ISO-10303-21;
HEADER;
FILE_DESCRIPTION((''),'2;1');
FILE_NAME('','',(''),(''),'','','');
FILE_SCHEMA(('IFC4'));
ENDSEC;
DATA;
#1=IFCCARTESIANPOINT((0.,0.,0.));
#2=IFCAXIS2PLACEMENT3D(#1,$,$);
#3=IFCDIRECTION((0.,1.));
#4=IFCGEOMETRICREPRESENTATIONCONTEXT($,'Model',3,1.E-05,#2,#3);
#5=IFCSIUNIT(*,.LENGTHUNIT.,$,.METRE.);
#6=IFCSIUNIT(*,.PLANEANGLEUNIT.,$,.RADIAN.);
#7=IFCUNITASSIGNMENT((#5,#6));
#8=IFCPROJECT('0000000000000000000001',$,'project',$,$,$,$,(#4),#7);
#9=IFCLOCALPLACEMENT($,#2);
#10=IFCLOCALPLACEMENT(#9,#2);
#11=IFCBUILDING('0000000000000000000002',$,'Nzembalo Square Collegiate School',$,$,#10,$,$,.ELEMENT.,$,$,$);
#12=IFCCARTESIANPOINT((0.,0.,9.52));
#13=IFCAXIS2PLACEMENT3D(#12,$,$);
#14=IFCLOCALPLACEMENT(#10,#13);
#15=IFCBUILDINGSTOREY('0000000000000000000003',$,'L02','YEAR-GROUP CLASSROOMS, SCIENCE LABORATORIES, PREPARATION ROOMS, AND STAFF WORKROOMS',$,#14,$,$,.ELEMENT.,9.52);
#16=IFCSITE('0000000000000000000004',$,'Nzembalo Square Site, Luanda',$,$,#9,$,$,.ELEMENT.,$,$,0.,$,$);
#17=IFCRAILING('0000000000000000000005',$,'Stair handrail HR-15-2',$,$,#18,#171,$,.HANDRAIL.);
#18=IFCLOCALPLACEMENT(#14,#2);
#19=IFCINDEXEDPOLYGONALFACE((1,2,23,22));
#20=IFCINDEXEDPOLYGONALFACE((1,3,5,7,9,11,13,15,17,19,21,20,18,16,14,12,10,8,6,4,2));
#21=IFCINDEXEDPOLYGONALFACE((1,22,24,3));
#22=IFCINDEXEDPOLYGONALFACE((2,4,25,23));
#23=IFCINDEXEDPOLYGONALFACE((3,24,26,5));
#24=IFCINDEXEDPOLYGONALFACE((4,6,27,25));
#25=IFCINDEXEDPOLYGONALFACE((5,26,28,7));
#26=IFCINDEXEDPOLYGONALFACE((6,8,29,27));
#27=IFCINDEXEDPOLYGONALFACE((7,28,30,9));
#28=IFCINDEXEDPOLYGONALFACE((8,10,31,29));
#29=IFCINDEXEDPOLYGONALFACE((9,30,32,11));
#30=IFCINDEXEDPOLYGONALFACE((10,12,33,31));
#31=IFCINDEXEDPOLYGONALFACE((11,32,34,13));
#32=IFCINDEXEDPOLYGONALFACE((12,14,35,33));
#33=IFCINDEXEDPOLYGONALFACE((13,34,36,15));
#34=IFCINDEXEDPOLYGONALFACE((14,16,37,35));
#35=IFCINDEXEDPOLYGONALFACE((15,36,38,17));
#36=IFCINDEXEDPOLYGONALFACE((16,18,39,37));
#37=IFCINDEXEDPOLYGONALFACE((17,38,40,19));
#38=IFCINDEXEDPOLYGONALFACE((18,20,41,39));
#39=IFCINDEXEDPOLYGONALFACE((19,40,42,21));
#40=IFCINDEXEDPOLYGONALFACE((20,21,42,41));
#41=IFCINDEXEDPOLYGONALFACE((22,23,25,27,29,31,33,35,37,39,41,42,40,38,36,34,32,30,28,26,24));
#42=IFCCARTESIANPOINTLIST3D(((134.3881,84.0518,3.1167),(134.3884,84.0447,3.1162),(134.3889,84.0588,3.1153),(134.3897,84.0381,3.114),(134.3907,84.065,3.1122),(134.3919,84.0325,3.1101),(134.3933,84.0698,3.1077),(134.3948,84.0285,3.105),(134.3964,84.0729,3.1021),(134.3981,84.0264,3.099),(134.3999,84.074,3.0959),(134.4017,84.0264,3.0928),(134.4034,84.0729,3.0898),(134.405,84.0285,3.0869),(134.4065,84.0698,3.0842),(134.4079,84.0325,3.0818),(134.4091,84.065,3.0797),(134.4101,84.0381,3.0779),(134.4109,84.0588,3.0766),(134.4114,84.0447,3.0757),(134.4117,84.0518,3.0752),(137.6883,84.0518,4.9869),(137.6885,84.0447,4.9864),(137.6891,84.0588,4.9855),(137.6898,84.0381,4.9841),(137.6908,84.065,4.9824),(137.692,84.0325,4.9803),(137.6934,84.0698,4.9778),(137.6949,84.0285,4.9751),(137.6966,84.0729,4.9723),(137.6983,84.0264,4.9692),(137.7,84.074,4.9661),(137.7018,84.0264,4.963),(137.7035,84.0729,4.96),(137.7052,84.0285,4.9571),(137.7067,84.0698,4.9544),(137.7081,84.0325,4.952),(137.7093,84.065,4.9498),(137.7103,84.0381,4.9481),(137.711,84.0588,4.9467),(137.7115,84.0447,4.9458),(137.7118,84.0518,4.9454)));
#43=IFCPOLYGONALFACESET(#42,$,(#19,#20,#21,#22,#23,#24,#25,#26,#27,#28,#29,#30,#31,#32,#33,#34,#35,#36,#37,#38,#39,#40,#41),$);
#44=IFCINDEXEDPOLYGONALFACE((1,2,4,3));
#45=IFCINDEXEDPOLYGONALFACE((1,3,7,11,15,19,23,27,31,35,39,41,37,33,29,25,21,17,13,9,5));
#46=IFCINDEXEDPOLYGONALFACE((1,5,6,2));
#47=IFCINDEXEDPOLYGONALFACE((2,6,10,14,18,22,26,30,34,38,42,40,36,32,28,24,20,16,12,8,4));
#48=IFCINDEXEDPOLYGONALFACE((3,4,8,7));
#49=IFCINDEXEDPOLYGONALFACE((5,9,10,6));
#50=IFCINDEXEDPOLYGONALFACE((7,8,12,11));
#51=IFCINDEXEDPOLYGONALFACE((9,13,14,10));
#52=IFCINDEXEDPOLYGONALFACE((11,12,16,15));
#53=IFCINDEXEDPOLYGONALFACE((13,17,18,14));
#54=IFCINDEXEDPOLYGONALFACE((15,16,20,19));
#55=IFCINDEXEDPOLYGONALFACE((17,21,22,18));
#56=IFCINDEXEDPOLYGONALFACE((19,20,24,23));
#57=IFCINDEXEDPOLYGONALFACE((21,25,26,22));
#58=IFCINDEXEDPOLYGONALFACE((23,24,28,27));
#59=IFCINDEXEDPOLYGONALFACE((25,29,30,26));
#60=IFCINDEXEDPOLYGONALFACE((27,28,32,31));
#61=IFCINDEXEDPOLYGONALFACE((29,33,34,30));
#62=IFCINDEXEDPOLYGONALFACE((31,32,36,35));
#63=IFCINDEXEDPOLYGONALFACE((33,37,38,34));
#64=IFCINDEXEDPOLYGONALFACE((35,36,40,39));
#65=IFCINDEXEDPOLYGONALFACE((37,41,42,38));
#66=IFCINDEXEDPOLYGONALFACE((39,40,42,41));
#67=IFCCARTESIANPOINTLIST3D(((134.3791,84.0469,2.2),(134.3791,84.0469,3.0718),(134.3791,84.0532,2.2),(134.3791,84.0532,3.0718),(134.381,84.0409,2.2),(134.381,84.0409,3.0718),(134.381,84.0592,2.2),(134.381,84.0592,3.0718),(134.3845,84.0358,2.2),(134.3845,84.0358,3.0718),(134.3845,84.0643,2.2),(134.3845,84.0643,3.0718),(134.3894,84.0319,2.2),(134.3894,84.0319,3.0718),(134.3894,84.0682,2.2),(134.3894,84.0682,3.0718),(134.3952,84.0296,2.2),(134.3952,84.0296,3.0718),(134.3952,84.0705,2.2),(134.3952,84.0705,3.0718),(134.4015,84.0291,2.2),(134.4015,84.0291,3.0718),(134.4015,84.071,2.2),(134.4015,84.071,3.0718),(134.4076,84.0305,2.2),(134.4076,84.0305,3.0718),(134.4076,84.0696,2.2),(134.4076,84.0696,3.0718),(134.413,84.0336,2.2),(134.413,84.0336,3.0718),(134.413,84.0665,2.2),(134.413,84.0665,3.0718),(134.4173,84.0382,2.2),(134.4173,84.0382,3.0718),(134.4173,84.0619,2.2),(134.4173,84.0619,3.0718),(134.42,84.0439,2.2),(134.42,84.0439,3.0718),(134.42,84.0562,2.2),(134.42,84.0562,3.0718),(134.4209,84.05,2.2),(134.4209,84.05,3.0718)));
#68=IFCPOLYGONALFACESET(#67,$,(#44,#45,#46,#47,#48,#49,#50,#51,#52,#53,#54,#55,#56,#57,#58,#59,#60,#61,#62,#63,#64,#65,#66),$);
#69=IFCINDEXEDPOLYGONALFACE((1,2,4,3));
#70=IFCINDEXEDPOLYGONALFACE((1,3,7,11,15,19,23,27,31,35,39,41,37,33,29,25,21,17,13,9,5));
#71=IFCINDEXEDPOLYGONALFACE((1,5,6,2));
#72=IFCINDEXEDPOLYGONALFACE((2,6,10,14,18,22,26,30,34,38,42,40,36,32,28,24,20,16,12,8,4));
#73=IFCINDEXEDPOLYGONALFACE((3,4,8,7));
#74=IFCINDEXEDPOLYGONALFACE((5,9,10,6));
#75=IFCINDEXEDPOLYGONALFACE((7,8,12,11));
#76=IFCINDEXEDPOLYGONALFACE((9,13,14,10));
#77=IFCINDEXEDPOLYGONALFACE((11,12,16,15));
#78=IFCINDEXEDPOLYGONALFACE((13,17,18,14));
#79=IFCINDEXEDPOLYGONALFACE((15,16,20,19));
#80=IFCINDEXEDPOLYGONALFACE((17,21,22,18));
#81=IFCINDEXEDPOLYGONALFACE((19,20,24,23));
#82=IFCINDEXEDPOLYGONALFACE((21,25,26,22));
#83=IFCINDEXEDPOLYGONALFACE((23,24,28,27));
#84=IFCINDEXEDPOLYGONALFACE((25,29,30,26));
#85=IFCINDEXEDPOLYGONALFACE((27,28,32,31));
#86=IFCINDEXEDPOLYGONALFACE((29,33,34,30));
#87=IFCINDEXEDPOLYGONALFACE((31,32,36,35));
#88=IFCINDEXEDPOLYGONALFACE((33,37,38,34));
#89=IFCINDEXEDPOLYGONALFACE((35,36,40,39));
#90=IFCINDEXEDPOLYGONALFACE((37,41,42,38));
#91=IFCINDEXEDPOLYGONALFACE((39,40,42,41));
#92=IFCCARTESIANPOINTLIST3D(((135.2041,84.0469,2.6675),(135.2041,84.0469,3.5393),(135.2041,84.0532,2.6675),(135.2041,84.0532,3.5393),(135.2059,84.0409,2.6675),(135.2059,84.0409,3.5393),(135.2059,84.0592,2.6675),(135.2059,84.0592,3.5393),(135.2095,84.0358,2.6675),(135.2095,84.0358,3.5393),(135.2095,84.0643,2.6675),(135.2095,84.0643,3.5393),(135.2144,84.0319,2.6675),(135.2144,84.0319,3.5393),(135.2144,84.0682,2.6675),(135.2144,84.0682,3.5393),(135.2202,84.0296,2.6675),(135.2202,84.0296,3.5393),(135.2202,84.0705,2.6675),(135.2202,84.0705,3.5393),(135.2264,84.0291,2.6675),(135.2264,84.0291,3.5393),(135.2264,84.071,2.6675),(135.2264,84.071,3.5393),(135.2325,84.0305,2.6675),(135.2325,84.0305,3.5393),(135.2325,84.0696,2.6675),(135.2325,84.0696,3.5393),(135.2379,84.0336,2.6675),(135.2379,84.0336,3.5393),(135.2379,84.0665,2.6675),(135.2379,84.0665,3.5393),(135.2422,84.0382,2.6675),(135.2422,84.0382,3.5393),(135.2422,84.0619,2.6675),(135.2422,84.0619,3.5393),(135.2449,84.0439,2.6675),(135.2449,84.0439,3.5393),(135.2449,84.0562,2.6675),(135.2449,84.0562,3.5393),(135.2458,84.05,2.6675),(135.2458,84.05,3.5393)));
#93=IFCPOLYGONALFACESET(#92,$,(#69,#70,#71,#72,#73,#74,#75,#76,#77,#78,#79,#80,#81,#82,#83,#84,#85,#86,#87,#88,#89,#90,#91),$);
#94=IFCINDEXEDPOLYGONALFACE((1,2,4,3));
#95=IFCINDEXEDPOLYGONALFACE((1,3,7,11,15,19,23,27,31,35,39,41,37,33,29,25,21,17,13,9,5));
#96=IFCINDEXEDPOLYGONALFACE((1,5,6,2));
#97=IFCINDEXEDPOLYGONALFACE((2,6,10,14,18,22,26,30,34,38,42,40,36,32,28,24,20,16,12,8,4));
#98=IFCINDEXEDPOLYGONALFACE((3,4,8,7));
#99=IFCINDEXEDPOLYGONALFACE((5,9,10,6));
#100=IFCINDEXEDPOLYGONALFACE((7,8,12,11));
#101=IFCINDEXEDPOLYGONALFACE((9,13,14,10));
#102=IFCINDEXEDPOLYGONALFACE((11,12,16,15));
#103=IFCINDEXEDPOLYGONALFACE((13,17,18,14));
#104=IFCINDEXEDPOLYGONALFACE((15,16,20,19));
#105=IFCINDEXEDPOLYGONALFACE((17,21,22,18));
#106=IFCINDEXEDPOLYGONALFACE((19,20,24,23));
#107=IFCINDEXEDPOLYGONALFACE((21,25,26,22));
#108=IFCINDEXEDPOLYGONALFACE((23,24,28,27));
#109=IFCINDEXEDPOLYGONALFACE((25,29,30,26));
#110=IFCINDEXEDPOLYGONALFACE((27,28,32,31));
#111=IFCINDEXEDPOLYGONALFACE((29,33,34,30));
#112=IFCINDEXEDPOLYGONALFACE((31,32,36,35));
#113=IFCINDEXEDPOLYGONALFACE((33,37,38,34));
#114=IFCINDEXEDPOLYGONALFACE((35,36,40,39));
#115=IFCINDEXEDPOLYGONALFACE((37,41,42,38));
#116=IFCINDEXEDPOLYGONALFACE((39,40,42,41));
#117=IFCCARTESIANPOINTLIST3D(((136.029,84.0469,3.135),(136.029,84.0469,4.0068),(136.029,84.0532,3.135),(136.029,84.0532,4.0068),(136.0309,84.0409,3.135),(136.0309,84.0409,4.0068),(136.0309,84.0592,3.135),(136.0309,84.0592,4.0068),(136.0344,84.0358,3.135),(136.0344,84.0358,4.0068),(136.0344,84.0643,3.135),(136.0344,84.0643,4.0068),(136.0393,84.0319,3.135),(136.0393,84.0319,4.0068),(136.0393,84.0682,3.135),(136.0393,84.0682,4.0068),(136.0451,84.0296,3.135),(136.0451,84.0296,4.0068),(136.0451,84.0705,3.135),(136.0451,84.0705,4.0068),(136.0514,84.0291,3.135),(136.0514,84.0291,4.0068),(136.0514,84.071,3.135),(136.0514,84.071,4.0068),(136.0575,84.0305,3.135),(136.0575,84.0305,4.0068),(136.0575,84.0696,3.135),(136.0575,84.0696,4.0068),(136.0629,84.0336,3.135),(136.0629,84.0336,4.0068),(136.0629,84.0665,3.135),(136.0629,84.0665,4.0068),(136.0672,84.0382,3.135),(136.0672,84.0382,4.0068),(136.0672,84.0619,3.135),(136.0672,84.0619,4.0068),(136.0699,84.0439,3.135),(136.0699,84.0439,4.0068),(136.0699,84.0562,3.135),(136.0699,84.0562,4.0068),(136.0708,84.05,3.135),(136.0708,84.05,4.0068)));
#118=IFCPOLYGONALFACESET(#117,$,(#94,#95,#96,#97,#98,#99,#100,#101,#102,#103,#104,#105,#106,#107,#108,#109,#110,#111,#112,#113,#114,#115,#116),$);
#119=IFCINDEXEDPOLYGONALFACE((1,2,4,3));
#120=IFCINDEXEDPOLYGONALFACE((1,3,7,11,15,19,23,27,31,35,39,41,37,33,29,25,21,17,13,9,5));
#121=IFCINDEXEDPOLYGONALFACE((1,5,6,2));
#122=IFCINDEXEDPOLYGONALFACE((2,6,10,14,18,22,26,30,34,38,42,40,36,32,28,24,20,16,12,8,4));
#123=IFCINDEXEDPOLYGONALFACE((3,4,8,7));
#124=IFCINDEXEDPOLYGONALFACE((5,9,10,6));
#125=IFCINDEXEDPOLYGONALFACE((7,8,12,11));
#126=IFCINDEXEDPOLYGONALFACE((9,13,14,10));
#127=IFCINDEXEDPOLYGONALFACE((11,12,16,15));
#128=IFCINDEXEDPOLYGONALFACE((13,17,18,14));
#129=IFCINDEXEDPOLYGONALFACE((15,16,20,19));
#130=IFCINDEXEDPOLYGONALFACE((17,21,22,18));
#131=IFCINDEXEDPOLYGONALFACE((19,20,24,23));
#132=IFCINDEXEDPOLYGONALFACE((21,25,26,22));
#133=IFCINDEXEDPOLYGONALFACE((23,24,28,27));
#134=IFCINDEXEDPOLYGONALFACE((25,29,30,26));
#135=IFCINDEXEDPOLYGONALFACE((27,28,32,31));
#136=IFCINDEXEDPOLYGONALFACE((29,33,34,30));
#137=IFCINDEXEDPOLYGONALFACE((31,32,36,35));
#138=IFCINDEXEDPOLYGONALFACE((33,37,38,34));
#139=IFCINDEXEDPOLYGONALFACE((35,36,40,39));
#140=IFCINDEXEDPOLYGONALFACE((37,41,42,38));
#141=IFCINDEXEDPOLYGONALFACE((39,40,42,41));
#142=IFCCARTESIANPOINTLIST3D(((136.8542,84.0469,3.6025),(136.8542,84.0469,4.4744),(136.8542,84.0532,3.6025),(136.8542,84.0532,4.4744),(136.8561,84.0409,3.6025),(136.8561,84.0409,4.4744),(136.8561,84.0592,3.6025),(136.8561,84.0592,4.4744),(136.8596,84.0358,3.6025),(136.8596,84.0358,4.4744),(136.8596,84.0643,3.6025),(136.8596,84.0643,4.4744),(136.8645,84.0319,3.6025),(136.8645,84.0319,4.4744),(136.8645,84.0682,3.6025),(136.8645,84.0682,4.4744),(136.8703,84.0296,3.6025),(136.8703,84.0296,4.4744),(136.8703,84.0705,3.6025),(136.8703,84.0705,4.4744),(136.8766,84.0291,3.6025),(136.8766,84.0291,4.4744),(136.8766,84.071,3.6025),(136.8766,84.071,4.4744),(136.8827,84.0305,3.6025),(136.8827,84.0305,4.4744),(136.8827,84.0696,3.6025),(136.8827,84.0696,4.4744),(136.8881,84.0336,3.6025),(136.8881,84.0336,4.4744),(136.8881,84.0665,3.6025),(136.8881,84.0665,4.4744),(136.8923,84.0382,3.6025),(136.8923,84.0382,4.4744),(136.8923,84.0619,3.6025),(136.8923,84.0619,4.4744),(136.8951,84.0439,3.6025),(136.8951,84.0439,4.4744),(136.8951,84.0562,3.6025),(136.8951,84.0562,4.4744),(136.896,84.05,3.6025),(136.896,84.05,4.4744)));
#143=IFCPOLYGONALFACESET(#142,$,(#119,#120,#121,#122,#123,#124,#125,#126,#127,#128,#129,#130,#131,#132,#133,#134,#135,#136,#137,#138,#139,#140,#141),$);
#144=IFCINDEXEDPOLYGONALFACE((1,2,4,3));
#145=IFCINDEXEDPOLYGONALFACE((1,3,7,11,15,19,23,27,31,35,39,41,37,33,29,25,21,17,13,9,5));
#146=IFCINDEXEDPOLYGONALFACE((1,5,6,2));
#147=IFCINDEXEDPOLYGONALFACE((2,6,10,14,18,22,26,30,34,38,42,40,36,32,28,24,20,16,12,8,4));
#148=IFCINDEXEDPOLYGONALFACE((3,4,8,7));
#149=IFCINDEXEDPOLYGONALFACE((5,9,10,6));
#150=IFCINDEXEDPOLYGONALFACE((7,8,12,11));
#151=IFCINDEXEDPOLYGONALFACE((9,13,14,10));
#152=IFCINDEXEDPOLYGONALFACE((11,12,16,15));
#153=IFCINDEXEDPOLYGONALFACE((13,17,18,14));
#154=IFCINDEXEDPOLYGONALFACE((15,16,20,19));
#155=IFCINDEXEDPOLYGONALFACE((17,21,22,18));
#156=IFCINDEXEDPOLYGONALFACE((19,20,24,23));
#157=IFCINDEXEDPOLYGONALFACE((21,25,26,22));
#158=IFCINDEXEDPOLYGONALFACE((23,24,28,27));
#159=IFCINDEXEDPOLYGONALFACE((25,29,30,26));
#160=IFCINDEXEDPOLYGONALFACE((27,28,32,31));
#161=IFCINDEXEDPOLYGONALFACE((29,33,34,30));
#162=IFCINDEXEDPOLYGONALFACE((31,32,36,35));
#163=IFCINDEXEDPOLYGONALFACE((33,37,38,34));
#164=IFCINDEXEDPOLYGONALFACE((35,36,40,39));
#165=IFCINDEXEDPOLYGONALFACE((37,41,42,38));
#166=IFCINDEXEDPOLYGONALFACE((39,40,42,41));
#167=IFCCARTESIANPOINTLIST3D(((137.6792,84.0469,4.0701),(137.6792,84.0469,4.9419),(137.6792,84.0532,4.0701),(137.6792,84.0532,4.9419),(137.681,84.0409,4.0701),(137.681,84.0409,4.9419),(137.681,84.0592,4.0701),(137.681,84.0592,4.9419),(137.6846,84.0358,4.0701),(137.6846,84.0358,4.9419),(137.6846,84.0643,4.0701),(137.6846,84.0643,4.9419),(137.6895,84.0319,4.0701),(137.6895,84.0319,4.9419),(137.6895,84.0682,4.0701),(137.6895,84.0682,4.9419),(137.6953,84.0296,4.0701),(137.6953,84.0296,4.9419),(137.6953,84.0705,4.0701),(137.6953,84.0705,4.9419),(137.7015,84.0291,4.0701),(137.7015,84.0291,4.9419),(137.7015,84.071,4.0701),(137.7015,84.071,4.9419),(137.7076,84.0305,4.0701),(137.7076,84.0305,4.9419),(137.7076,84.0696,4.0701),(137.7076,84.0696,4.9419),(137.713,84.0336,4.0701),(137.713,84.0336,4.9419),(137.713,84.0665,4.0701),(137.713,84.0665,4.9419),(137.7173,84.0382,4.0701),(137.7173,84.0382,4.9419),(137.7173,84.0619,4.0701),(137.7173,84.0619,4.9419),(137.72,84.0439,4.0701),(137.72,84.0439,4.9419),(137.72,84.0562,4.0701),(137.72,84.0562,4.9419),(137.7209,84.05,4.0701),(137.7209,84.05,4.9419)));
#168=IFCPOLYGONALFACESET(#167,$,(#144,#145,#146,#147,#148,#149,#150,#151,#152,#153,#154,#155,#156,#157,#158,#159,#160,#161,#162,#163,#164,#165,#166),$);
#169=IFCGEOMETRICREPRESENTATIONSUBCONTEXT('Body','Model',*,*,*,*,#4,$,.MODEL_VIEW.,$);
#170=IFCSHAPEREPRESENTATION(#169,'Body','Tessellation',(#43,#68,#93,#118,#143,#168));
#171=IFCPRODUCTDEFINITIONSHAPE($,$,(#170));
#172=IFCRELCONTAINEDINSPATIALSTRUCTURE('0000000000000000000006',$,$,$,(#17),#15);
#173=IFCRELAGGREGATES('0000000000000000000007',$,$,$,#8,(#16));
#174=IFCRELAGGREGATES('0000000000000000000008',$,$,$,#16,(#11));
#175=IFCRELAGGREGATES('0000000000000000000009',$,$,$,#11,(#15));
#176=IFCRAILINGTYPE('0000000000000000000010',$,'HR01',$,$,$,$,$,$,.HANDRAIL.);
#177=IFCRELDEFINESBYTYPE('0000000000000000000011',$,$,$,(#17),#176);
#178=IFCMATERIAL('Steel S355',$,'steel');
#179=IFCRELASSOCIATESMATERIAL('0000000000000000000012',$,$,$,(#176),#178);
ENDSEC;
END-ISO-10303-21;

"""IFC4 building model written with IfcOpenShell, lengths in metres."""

from ifc_helpers import new_model, si_unit, direction, frame, origin, origin_2d, place, context, subcontext, project, spatial, circle, extrude, material, type_object, element, save


model = new_model("IFC4")

# Units and contexts
model_context = context("Model", 3, precision=1e-05, world=origin(), true_north=direction((0.0, 1.0)))
body_context = subcontext(model_context, "Body", "Model", "MODEL_VIEW")
ifc_project = project(units=[si_unit("LENGTHUNIT", "METRE"), si_unit("PLANEANGLEUNIT", "RADIAN")], contexts=[model_context])

# Site, building, storey
site_placement = place(None, origin())
site = spatial("IfcSite", under=ifc_project, at=site_placement, Name="Nzembalo Square Site, Luanda", CompositionType="ELEMENT", RefElevation=0.0)
building_placement = place(site_placement, origin())
building = spatial("IfcBuilding", under=site, at=building_placement, Name="Nzembalo Square Collegiate School", CompositionType="ELEMENT")
storey_placement = place(building_placement, frame((0.0, 0.0, 9.52)))
storey = spatial("IfcBuildingStorey", under=building, at=storey_placement, Name="L02", Description="YEAR-GROUP CLASSROOMS, SCIENCE LABORATORIES, PREPARATION ROOMS, AND STAFF WORKROOMS", CompositionType="ELEMENT", Elevation=9.52)

# Railing
ifc_material_1 = material(Name="Steel S355", Category="steel")
railing_type = type_object("IfcRailingType", Name="HR01", PredefinedType="HANDRAIL", material=ifc_material_1)
railing_placement = place(storey_placement, frame((134.3999, 84.05, 2.2)))
element("IfcRailing", 1, at=railing_placement, inside=storey, type_object=railing_type, Name="Stair handrail HR-15-2", PredefinedType="HANDRAIL", context=body_context, shape_type="SweptSolid", body=[
    extrude(circle(Radius=0.0239, at=origin_2d()), frame((0.0, 0.0, 0.896), z_axis=(0.870012, 0.0, 0.49303), x_axis=(0.0, 1.0, 0.0)), (0.0, 0.0, 1.0), 3.7932),
    extrude(circle(Radius=0.021, at=origin_2d()), origin(), (0.0, 0.0, 1.0), 0.8718),
    extrude(circle(Radius=0.021, at=origin_2d()), frame((0.825, 0.0, 0.4675)), (0.0, 0.0, 1.0), 0.8718),
    extrude(circle(Radius=0.021, at=origin_2d()), frame((1.6499, 0.0, 0.9351)), (0.0, 0.0, 1.0), 0.8718),
    extrude(circle(Radius=0.021, at=origin_2d()), frame((2.4751, 0.0, 1.4026)), (0.0, 0.0, 1.0), 0.8718),
    extrude(circle(Radius=0.021, at=origin_2d()), frame((3.3, 0.0, 1.8701)), (0.0, 0.0, 1.0), 0.8718),
])

save(model, "model.ifc")
